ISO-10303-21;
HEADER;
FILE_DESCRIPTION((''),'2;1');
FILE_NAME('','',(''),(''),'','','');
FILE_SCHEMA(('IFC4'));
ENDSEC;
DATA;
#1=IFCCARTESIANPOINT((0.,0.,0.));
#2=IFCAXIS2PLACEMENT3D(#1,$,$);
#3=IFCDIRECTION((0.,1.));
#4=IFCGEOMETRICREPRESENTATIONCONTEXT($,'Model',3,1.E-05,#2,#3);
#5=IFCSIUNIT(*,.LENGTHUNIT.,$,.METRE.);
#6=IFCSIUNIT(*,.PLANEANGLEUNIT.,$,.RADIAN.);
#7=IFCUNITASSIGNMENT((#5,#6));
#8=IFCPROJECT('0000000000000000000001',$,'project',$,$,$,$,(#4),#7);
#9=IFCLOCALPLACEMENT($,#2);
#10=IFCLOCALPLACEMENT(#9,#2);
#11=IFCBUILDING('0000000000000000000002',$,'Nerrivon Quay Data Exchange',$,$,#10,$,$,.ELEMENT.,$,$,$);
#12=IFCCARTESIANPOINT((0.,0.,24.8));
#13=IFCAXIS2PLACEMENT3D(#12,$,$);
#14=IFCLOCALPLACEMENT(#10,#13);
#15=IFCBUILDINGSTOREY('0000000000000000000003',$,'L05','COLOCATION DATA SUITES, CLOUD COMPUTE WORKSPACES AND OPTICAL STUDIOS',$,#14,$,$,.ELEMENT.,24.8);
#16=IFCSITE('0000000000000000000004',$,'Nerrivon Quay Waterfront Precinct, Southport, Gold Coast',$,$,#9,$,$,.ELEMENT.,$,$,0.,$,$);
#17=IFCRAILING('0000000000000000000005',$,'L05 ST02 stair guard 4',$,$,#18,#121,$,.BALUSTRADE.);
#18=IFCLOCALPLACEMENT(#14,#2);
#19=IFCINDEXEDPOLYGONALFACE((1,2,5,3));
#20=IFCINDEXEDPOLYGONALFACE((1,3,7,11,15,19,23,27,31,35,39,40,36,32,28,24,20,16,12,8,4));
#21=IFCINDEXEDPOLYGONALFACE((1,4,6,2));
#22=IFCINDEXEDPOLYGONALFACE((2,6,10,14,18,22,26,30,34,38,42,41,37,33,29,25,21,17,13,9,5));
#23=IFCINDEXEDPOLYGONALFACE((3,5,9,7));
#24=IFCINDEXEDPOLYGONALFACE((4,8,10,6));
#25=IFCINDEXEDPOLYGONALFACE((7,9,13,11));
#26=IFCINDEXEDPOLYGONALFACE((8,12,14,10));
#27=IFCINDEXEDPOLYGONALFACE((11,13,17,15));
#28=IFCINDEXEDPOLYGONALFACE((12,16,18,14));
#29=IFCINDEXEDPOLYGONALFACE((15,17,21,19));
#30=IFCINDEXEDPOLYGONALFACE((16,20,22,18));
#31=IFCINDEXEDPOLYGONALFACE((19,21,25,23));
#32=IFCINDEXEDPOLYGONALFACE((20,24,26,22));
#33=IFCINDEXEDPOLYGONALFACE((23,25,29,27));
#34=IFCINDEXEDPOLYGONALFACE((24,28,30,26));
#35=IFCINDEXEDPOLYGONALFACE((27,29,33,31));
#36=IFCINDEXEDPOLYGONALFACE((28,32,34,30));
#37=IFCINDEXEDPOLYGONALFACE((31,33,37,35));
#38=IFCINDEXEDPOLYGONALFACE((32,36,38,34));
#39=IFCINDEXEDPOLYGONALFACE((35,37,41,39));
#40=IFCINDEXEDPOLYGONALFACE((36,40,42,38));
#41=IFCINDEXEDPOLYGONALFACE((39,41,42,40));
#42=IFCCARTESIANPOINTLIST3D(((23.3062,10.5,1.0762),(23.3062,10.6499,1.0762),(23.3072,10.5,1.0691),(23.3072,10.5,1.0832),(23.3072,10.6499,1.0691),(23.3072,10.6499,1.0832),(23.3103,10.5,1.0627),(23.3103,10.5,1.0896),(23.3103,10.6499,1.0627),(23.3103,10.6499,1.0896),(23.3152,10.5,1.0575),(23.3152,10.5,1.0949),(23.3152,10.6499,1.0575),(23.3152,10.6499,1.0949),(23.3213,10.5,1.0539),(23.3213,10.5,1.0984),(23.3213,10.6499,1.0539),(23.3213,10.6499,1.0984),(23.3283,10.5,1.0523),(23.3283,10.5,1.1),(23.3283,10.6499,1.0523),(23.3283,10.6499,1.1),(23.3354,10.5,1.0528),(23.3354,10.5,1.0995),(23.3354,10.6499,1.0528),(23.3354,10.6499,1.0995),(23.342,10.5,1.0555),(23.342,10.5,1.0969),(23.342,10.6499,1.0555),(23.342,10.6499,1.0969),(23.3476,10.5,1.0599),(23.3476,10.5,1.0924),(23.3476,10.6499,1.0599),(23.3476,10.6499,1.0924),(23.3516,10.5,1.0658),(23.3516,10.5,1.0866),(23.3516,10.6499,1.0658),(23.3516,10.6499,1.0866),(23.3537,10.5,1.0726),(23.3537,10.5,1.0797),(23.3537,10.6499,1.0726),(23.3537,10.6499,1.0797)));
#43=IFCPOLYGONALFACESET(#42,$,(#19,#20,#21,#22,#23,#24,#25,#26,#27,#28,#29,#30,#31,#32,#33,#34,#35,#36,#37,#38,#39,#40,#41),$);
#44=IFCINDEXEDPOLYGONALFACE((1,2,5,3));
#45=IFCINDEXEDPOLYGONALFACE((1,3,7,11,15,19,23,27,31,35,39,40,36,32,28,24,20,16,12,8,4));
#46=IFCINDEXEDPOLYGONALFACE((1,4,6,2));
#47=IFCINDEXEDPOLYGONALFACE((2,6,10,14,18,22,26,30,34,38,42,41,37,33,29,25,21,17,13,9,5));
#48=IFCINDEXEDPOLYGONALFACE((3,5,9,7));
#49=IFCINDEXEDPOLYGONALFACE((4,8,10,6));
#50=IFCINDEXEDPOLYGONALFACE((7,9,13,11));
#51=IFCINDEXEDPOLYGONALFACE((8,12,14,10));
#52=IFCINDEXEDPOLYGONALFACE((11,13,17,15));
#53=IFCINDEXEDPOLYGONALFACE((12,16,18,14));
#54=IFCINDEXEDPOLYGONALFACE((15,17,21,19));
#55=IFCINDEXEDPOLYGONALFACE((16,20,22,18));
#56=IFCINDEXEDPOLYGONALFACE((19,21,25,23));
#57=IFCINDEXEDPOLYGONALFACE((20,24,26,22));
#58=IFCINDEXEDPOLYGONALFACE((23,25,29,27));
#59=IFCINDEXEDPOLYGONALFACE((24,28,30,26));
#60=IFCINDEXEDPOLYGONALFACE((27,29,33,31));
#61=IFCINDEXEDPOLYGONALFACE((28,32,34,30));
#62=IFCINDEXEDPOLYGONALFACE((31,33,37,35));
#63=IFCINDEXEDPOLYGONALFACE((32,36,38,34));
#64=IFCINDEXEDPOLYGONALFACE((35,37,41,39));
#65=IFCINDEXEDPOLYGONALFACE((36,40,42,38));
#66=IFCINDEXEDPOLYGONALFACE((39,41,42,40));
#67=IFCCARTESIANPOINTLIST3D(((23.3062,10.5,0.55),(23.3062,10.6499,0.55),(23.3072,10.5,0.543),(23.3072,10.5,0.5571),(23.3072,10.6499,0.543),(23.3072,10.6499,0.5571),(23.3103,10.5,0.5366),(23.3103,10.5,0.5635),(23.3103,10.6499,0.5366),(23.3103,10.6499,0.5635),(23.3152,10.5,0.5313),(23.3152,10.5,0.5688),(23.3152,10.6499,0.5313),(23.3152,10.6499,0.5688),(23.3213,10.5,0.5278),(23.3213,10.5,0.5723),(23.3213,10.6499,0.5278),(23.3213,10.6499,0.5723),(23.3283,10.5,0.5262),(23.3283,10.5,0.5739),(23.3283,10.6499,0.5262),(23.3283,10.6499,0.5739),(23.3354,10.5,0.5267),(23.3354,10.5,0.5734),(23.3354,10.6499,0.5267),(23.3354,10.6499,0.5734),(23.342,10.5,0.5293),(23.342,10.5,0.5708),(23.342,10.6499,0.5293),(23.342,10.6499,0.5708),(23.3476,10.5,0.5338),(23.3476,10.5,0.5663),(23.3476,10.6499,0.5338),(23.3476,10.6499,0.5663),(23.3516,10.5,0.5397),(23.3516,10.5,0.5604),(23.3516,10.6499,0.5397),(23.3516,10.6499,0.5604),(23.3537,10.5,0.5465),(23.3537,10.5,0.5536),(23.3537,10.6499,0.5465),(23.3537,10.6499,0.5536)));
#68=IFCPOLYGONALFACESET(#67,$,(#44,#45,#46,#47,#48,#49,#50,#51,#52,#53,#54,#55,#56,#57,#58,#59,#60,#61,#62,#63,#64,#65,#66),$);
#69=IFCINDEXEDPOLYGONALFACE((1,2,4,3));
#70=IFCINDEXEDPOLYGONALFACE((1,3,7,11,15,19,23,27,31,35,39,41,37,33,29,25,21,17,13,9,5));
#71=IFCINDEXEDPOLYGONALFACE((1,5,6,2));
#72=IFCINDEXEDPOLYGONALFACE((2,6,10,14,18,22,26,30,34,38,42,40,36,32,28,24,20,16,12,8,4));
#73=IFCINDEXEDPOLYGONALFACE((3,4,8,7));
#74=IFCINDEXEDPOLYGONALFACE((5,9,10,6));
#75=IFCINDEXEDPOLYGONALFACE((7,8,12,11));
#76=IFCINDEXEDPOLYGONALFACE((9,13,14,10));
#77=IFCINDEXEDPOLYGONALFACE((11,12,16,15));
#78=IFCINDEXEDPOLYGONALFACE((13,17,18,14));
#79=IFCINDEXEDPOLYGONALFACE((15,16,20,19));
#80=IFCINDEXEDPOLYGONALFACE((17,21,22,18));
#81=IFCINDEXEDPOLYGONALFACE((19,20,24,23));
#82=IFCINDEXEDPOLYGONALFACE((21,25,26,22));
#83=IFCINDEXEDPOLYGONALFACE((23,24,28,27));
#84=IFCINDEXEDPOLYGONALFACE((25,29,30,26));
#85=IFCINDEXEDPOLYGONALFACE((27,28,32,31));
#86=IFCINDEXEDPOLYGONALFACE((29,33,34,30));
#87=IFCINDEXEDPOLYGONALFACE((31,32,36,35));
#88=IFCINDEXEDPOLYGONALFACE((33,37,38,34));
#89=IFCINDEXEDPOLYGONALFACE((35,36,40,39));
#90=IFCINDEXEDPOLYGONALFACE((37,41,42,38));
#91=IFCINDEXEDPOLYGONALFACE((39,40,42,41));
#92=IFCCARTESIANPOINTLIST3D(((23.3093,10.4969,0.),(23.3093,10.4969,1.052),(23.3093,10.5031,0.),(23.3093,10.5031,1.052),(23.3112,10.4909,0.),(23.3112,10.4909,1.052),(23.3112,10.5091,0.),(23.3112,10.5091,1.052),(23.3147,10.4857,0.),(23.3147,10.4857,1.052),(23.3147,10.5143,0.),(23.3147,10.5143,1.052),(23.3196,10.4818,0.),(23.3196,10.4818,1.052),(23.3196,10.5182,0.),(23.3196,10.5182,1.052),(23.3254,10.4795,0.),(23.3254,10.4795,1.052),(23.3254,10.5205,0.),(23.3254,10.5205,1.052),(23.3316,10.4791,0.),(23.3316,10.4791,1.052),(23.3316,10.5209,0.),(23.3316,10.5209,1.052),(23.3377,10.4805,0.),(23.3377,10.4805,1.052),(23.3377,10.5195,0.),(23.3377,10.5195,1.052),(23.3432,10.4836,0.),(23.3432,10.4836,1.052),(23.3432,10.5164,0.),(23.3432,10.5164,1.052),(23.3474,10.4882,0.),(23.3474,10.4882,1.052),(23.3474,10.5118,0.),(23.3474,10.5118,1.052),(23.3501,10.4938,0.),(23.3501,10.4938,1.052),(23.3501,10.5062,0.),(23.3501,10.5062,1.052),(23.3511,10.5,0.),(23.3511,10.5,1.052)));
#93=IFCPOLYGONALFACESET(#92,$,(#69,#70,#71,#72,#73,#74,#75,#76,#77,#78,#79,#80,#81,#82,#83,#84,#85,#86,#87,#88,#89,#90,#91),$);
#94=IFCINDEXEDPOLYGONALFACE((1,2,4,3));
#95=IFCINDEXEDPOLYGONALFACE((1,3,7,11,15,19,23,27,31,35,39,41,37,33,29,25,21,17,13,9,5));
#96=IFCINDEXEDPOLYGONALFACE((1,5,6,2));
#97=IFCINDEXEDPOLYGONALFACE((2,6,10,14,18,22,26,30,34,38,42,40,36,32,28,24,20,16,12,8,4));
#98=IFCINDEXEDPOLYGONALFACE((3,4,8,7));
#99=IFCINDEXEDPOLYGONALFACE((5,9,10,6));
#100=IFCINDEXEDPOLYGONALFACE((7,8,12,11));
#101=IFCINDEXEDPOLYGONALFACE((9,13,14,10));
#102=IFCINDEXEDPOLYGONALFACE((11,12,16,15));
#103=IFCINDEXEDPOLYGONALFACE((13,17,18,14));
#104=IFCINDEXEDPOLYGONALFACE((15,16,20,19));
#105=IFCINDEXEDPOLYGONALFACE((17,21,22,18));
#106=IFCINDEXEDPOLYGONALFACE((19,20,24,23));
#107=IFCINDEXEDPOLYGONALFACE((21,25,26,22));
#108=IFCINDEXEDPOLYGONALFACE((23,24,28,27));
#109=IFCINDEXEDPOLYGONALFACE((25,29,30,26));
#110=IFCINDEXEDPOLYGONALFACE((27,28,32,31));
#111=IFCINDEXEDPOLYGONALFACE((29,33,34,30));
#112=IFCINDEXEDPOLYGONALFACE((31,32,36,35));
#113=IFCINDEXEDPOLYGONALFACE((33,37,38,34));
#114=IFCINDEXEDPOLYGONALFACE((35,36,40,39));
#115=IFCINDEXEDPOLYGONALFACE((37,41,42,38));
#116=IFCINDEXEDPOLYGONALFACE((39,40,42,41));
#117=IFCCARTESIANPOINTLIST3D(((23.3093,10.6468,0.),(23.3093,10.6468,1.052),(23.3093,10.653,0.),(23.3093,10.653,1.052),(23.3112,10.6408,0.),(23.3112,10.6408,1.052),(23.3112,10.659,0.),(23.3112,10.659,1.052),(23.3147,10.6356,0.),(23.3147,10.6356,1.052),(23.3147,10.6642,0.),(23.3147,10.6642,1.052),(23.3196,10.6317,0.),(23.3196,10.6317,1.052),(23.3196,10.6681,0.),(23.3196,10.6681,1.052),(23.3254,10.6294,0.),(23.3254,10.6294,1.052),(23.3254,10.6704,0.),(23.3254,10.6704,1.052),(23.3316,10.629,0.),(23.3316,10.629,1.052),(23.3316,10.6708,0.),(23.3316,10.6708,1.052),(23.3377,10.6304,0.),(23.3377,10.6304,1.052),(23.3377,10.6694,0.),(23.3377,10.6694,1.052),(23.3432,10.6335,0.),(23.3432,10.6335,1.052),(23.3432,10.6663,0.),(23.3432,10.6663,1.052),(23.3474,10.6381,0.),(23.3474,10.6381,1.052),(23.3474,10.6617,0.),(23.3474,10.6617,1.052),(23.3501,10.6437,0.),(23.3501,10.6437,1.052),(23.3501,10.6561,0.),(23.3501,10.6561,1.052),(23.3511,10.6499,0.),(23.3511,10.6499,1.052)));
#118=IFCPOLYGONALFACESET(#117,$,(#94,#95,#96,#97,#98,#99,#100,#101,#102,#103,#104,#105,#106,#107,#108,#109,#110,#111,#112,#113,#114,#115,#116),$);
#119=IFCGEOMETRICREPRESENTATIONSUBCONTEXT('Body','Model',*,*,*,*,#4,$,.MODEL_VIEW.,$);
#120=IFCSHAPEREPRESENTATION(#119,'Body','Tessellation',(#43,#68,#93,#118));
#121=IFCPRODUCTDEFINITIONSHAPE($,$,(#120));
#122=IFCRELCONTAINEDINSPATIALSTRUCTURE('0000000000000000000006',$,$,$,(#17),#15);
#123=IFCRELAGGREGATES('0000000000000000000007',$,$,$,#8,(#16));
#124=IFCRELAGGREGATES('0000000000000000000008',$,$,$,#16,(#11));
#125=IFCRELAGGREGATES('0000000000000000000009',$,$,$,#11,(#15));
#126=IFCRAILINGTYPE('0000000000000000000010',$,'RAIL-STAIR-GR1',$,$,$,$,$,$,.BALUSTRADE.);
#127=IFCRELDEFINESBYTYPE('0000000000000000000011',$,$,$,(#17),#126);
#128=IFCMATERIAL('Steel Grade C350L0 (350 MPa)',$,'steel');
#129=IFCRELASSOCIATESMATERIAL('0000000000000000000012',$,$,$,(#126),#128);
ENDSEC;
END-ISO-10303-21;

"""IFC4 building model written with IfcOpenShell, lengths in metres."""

from ifc_helpers import new_model, si_unit, direction, frame, origin, origin_2d, place, context, subcontext, project, spatial, circle, extrude, material, type_object, element, save


model = new_model("IFC4")

# Units and contexts
model_context = context("Model", 3, precision=1e-05, world=origin(), true_north=direction((0.0, 1.0)))
body_context = subcontext(model_context, "Body", "Model", "MODEL_VIEW")
ifc_project = project(units=[si_unit("LENGTHUNIT", "METRE"), si_unit("PLANEANGLEUNIT", "RADIAN")], contexts=[model_context])

# Site, building, storey
site_placement = place(None, origin())
site = spatial("IfcSite", under=ifc_project, at=site_placement, Name="Nerrivon Quay Waterfront Precinct, Southport, Gold Coast", CompositionType="ELEMENT", RefElevation=0.0)
building_placement = place(site_placement, origin())
building = spatial("IfcBuilding", under=site, at=building_placement, Name="Nerrivon Quay Data Exchange", CompositionType="ELEMENT")
storey_placement = place(building_placement, frame((0.0, 0.0, 24.8)))
storey = spatial("IfcBuildingStorey", under=building, at=storey_placement, Name="L05", Description="COLOCATION DATA SUITES, CLOUD COMPUTE WORKSPACES AND OPTICAL STUDIOS", CompositionType="ELEMENT", Elevation=24.8)

# Railing
ifc_material_1 = material(Name="Steel Grade C350L0 (350 MPa)", Category="steel")
railing_type_1 = type_object("IfcRailingType", Name="RAIL-STAIR-GR1", PredefinedType="BALUSTRADE", material=ifc_material_1)
railing_1_placement = place(storey_placement, frame((23.3301, 10.5, 0.0)))
element("IfcRailing", 1, at=railing_1_placement, inside=storey, type_object=railing_type_1, Name="L05 ST02 stair guard 4", PredefinedType="BALUSTRADE", context=body_context, shape_type="SweptSolid", body=[
    extrude(circle(Radius=0.0239, at=origin_2d()), frame((0.0, 0.0, 1.0762), z_axis=(0.0, 1.0, 0.0), x_axis=(-1.0, 0.0, 0.0)), (0.0, 0.0, 1.0), 0.1499),
    extrude(circle(Radius=0.0239, at=origin_2d()), frame((0.0, 0.0, 0.55), z_axis=(0.0, 1.0, 0.0), x_axis=(-1.0, 0.0, 0.0)), (0.0, 0.0, 1.0), 0.1499),
    extrude(circle(Radius=0.021, at=origin_2d()), origin(), (0.0, 0.0, 1.0), 1.052),
    extrude(circle(Radius=0.021, at=origin_2d()), frame((0.0, 0.1499, 0.0)), (0.0, 0.0, 1.0), 1.052),
])

save(model, "model.ifc")
